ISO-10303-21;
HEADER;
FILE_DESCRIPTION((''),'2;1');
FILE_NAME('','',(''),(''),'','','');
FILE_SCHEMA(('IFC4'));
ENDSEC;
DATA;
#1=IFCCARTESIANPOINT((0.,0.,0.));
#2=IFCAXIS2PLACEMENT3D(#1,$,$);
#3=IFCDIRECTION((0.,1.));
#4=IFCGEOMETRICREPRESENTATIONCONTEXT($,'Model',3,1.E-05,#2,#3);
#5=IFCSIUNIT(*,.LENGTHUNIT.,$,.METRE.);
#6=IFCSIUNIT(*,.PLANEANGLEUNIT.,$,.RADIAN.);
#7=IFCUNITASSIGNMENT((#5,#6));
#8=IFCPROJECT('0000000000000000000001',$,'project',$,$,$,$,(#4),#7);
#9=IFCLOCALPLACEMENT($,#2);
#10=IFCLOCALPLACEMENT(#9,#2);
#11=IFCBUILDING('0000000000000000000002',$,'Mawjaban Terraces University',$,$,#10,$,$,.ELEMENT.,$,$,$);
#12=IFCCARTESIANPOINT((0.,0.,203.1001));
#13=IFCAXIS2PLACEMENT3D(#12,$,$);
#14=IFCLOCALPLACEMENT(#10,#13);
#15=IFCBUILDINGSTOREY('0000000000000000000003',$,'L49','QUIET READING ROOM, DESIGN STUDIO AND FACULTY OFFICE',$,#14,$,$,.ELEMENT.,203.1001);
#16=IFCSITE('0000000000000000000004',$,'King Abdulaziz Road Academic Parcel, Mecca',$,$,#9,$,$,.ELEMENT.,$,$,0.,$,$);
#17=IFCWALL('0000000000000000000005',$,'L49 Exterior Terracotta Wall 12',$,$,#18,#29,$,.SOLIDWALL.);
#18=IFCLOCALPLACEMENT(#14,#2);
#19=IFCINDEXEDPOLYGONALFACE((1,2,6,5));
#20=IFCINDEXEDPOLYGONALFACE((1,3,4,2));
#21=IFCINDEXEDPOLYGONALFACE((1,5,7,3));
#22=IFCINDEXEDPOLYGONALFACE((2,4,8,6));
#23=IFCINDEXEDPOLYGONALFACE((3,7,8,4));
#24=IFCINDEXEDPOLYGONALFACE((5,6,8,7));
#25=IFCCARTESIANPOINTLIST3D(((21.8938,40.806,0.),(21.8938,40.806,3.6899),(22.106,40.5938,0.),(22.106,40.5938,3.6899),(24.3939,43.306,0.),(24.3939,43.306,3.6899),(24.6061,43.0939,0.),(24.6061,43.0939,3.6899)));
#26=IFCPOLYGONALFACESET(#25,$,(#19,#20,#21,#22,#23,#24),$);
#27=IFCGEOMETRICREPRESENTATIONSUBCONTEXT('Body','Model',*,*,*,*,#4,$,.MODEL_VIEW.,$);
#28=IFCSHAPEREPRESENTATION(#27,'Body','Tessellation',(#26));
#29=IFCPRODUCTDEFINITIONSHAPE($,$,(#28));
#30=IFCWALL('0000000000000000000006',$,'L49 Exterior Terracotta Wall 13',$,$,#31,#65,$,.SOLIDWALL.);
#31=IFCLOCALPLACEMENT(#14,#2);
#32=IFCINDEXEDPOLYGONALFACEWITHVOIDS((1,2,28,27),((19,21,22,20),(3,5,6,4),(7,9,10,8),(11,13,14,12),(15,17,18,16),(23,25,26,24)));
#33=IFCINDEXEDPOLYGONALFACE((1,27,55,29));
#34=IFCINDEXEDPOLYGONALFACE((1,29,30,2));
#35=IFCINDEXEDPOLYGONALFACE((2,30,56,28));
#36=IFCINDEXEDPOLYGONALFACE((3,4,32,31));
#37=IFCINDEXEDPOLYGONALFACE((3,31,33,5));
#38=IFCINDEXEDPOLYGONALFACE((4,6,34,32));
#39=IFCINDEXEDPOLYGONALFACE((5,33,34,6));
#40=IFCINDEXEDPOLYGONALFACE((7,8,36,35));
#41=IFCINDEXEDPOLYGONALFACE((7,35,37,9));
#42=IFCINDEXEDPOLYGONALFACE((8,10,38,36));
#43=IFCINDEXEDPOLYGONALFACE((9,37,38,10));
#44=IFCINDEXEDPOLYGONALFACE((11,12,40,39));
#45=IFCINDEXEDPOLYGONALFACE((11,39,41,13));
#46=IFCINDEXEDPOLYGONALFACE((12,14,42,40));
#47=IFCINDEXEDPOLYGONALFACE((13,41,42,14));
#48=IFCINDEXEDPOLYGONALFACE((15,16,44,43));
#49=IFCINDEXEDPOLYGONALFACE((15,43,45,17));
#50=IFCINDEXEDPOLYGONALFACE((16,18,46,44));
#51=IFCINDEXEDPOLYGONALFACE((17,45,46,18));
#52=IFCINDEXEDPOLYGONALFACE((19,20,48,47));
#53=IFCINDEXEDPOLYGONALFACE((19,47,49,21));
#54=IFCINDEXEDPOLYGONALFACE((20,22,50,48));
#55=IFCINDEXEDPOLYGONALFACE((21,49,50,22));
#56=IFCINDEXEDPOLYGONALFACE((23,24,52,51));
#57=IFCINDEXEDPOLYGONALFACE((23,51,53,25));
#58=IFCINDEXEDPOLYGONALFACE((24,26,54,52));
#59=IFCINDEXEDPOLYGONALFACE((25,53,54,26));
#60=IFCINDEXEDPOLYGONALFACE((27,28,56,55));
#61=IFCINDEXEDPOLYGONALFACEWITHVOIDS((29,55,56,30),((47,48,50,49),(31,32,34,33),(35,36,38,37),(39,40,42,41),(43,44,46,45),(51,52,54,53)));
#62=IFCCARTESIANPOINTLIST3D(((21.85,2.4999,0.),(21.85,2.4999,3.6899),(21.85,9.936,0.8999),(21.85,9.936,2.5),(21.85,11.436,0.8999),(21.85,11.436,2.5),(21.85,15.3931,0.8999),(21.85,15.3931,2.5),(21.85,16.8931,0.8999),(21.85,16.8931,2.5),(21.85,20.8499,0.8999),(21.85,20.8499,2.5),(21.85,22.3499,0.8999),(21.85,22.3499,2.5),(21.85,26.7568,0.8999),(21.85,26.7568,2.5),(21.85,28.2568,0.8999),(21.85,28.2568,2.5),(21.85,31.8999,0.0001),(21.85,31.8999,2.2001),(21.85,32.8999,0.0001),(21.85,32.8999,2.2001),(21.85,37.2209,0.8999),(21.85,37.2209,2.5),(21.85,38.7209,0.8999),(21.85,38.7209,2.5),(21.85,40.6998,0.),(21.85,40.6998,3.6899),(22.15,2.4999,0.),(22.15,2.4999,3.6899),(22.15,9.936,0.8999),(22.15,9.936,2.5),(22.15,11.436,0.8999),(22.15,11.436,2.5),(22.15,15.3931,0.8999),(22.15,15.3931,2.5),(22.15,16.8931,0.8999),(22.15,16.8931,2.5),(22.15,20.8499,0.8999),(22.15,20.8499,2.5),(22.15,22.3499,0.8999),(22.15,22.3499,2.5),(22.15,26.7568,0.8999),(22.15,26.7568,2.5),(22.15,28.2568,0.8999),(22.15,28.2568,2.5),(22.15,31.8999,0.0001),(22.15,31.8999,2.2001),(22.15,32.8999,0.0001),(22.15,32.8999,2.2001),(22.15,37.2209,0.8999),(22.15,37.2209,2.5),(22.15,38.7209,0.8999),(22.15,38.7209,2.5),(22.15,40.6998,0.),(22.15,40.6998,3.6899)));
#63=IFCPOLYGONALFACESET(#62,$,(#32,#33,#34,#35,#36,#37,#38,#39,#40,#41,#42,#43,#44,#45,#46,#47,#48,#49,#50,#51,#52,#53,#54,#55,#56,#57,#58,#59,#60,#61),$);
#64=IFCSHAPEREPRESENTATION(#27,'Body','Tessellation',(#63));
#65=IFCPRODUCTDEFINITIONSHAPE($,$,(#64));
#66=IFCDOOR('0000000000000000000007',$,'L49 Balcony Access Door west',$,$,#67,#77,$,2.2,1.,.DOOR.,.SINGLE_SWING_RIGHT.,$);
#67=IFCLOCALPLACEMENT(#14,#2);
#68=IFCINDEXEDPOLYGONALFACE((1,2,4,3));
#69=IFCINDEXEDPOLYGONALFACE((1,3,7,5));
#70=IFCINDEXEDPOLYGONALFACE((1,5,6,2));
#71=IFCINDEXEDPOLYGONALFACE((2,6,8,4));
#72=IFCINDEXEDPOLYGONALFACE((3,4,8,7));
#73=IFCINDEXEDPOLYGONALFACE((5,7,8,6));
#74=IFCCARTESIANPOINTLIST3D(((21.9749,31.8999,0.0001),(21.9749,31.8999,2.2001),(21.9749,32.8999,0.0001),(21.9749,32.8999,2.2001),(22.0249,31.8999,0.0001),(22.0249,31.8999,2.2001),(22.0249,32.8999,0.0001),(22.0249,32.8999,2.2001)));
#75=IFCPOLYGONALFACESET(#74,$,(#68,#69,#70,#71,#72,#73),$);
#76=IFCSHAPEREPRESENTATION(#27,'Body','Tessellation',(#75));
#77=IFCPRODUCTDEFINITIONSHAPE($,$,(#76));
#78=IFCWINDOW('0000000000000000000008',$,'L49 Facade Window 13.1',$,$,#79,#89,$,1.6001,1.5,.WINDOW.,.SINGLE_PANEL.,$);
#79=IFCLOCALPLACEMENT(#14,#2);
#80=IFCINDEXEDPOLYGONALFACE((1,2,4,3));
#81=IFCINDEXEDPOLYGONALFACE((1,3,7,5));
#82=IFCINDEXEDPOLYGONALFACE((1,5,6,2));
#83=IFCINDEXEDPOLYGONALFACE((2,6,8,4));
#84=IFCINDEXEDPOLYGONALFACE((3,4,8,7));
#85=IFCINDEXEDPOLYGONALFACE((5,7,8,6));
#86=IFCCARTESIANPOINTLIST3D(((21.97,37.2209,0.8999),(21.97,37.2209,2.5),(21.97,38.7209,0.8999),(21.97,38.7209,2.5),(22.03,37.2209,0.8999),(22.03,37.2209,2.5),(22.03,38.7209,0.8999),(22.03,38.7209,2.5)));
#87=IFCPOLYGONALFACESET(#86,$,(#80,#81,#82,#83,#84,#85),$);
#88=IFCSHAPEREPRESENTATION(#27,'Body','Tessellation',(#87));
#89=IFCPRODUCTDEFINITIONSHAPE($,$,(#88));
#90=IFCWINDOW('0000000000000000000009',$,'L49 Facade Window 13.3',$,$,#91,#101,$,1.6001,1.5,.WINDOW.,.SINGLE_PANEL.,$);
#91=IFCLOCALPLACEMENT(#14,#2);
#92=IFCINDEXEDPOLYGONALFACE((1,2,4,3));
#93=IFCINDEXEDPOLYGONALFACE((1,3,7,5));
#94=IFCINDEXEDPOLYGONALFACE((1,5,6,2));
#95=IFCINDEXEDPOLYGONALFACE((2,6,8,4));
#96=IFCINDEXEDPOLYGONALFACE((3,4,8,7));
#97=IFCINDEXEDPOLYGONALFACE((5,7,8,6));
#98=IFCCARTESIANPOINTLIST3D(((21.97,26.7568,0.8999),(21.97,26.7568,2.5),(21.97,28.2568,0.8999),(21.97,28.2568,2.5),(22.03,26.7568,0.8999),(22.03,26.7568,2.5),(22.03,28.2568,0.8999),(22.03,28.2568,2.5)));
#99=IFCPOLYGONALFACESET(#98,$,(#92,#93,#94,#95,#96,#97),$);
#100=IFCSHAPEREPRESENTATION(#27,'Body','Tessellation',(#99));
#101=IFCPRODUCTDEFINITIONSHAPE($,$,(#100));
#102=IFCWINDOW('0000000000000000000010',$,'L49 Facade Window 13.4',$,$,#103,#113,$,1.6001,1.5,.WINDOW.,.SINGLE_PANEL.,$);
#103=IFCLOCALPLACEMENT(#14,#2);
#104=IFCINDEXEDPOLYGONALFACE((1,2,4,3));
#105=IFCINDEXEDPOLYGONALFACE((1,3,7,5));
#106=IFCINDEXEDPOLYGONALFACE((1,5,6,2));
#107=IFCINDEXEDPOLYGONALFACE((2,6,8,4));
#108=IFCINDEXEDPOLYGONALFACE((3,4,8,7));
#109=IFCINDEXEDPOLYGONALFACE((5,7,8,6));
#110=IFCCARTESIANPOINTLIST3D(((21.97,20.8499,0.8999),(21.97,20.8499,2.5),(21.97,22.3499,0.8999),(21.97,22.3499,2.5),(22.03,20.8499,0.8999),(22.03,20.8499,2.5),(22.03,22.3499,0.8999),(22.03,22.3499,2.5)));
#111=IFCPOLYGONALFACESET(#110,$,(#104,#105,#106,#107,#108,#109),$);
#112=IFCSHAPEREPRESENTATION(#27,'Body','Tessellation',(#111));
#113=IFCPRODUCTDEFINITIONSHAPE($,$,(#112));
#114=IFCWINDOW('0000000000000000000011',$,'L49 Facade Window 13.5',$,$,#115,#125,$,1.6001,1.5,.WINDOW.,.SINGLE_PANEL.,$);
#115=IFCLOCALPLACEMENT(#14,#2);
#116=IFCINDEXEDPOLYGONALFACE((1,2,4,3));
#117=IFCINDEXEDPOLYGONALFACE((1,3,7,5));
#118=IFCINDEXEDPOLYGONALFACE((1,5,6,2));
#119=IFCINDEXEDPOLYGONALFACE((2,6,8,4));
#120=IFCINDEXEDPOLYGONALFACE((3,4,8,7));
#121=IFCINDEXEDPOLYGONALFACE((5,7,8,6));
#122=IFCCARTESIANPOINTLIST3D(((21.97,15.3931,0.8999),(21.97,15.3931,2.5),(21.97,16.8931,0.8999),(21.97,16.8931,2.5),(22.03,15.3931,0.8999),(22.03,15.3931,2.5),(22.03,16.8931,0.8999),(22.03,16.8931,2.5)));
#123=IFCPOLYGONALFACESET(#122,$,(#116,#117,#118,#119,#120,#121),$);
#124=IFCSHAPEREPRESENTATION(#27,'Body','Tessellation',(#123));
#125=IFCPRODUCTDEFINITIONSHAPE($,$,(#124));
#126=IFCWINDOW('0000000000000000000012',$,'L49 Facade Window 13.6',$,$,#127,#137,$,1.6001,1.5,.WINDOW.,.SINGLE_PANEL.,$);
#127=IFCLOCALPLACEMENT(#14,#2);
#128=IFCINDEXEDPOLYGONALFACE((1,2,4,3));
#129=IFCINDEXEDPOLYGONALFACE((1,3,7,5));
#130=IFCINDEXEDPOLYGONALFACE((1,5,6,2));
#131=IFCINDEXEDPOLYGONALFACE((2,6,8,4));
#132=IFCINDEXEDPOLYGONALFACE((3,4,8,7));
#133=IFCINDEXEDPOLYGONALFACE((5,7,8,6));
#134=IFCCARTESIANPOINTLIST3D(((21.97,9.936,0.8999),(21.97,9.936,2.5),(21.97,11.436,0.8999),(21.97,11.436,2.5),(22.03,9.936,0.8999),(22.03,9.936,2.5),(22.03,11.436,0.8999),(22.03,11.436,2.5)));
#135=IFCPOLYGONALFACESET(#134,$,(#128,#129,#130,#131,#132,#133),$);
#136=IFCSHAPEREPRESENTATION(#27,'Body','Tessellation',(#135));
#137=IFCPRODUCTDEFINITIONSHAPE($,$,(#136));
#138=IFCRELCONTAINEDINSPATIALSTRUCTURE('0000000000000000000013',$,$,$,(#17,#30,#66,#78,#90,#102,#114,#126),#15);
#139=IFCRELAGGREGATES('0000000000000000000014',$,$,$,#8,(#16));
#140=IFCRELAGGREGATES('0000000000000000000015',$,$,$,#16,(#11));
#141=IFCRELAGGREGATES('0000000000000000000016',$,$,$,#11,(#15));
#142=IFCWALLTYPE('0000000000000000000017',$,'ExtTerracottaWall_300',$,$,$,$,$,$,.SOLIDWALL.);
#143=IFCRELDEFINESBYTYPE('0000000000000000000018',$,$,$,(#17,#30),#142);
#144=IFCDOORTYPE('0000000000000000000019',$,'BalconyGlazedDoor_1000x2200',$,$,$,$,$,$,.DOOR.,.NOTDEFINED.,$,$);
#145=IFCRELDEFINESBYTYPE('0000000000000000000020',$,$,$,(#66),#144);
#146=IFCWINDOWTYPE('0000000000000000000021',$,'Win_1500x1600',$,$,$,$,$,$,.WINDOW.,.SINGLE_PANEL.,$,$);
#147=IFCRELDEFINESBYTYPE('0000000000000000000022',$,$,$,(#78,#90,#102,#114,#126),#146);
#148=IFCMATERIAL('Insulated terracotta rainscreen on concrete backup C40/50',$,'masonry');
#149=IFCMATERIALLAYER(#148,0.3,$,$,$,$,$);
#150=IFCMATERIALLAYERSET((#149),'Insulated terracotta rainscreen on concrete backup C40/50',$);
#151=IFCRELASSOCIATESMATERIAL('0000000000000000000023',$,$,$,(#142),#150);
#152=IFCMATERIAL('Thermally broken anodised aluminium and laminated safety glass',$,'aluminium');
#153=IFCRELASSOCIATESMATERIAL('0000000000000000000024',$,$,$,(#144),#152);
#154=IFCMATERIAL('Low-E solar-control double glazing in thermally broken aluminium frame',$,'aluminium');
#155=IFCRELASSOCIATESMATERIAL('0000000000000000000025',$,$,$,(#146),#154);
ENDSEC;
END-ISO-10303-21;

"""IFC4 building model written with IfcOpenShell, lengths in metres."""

from ifc_helpers import new_model, si_unit, direction, frame, frame_2d, origin, place, context, subcontext, project, spatial, rectangle, extrude, material, layer, layer_set, type_object, element, fill, save


model = new_model("IFC4")

# Units and contexts
model_context = context("Model", 3, precision=1e-05, world=origin(), true_north=direction((0.0, 1.0)))
body_context = subcontext(model_context, "Body", "Model", "MODEL_VIEW")
ifc_project = project(units=[si_unit("LENGTHUNIT", "METRE"), si_unit("PLANEANGLEUNIT", "RADIAN")], contexts=[model_context])

# Site, building, storey
site_placement = place(None, origin())
site = spatial("IfcSite", under=ifc_project, at=site_placement, Name="King Abdulaziz Road Academic Parcel, Mecca", CompositionType="ELEMENT", RefElevation=0.0)
building_placement = place(site_placement, origin())
building = spatial("IfcBuilding", under=site, at=building_placement, Name="Mawjaban Terraces University", CompositionType="ELEMENT")
storey_placement = place(building_placement, frame((0.0, 0.0, 203.1001)))
storey = spatial("IfcBuildingStorey", under=building, at=storey_placement, Name="L49", Description="QUIET READING ROOM, DESIGN STUDIO AND FACULTY OFFICE", CompositionType="ELEMENT", Elevation=203.1001)

# Wall
ifc_material_1 = material(Name="Insulated terracotta rainscreen on concrete backup C40/50", Category="masonry")
ifc_layer_1 = layer(ifc_material_1, 0.3)
ifc_layer_set_1 = layer_set([ifc_layer_1], Name="Insulated terracotta rainscreen on concrete backup C40/50")
wall_type_1 = type_object("IfcWallType", Name="ExtTerracottaWall_300", PredefinedType="SOLIDWALL", material=ifc_layer_set_1)
wall_1_placement = place(storey_placement, frame((24.5, 43.2, 0.0), z_axis=(0.0, 0.0, 1.0), x_axis=(-0.707107, -0.707107, 0.0)))
element("IfcWall", 1, at=wall_1_placement, inside=storey, type_object=wall_type_1, Name="L49 Exterior Terracotta Wall 12", PredefinedType="SOLIDWALL", context=body_context, shape_type="SweptSolid", body=[
    extrude(rectangle(XDim=3.5356, YDim=0.3, at=frame_2d((1.7678, 0.0))), origin(), (0.0, 0.0, 1.0), 3.6899),
])

# Wall, openings, door, windows
wall_2_placement = place(storey_placement, frame((22.0, 40.7, 0.0), z_axis=(0.0, 0.0, 1.0), x_axis=(0.0, -1.0, 0.0)))
wall_2 = element("IfcWall", 2, at=wall_2_placement, inside=storey, type_object=wall_type_1, Name="L49 Exterior Terracotta Wall 13", PredefinedType="SOLIDWALL", context=body_context, shape_type="SweptSolid", body=[
    extrude(rectangle(XDim=38.2, YDim=0.3, at=frame_2d((19.1001, 0.0))), origin(), (0.0, 0.0, 1.0), 3.6899),
])
opening_1_placement = place(wall_2_placement, frame((7.8, 0.0, 0.0)))
opening_1 = element("IfcOpeningElement", 3, at=opening_1_placement, cuts=wall_2, PredefinedType="OPENING", context=body_context, shape_type="SweptSolid", body=[
    extrude(rectangle(XDim=1.0, YDim=2.2, at=frame_2d((0.5, 1.1001))), frame((0.0, 0.1599, 0.0), z_axis=(0.0, -1.0, 0.0), x_axis=(1.0, 0.0, 0.0)), (0.0, 0.0, 1.0), 0.3201),
])
opening_2_placement = place(wall_2_placement, frame((1.979, 0.0, 0.8999)))
opening_2 = element("IfcOpeningElement", 4, at=opening_2_placement, cuts=wall_2, PredefinedType="OPENING", context=body_context, shape_type="SweptSolid", body=[
    extrude(rectangle(XDim=1.5, YDim=1.6001, at=frame_2d((0.75, 0.8))), frame((0.0, 0.1599, 0.0), z_axis=(0.0, -1.0, 0.0), x_axis=(1.0, 0.0, 0.0)), (0.0, 0.0, 1.0), 0.3201),
])
opening_3_placement = place(wall_2_placement, frame((12.4431, 0.0, 0.8999)))
opening_3 = element("IfcOpeningElement", 5, at=opening_3_placement, cuts=wall_2, PredefinedType="OPENING", context=body_context, shape_type="SweptSolid", body=[
    extrude(rectangle(XDim=1.5, YDim=1.6001, at=frame_2d((0.75, 0.8))), frame((0.0, 0.1599, 0.0), z_axis=(0.0, -1.0, 0.0), x_axis=(1.0, 0.0, 0.0)), (0.0, 0.0, 1.0), 0.3201),
])
opening_4_placement = place(wall_2_placement, frame((18.3501, 0.0, 0.8999)))
opening_4 = element("IfcOpeningElement", 6, at=opening_4_placement, cuts=wall_2, PredefinedType="OPENING", context=body_context, shape_type="SweptSolid", body=[
    extrude(rectangle(XDim=1.5, YDim=1.6001, at=frame_2d((0.75, 0.8))), frame((0.0, 0.1599, 0.0), z_axis=(0.0, -1.0, 0.0), x_axis=(1.0, 0.0, 0.0)), (0.0, 0.0, 1.0), 0.3201),
])
opening_5_placement = place(wall_2_placement, frame((23.8069, 0.0, 0.8999)))
opening_5 = element("IfcOpeningElement", 7, at=opening_5_placement, cuts=wall_2, PredefinedType="OPENING", context=body_context, shape_type="SweptSolid", body=[
    extrude(rectangle(XDim=1.5, YDim=1.6001, at=frame_2d((0.75, 0.8))), frame((0.0, 0.1599, 0.0), z_axis=(0.0, -1.0, 0.0), x_axis=(1.0, 0.0, 0.0)), (0.0, 0.0, 1.0), 0.3201),
])
opening_6_placement = place(wall_2_placement, frame((29.2639, 0.0, 0.8999)))
opening_6 = element("IfcOpeningElement", 8, at=opening_6_placement, cuts=wall_2, PredefinedType="OPENING", context=body_context, shape_type="SweptSolid", body=[
    extrude(rectangle(XDim=1.5, YDim=1.6001, at=frame_2d((0.75, 0.8))), frame((0.0, 0.1599, 0.0), z_axis=(0.0, -1.0, 0.0), x_axis=(1.0, 0.0, 0.0)), (0.0, 0.0, 1.0), 0.3201),
])
ifc_material_2 = material(Name="Thermally broken anodised aluminium and laminated safety glass", Category="aluminium")
door_type_1 = type_object("IfcDoorType", Name="BalconyGlazedDoor_1000x2200", OperationType="NOTDEFINED", PredefinedType="DOOR", material=ifc_material_2)
door_1_placement = place(opening_1_placement, origin())
door_1 = element("IfcDoor", 9, at=door_1_placement, inside=storey, type_object=door_type_1, Name="L49 Balcony Access Door west", OperationType="SINGLE_SWING_RIGHT", OverallHeight=2.2, OverallWidth=1.0, PredefinedType="DOOR", context=body_context, shape_type="SweptSolid", body=[
    extrude(rectangle(XDim=1.0, YDim=2.2, at=frame_2d((0.5, 1.1001))), frame((0.0, 0.0249, 0.0), z_axis=(0.0, -1.0, 0.0), x_axis=(1.0, 0.0, 0.0)), (0.0, 0.0, 1.0), 0.05),
])
fill(opening_1, door_1)
ifc_material_3 = material(Name="Low-E solar-control double glazing in thermally broken aluminium frame", Category="aluminium")
window_type = type_object("IfcWindowType", Name="Win_1500x1600", PartitioningType="SINGLE_PANEL", PredefinedType="WINDOW", material=ifc_material_3)
window_1_placement = place(opening_2_placement, origin())
window_1 = element("IfcWindow", 10, at=window_1_placement, inside=storey, type_object=window_type, Name="L49 Facade Window 13.1", OverallHeight=1.6001, OverallWidth=1.5, PartitioningType="SINGLE_PANEL", PredefinedType="WINDOW", context=body_context, shape_type="SweptSolid", body=[
    extrude(rectangle(XDim=1.5, YDim=1.6001, at=frame_2d((0.75, 0.8))), frame((0.0, 0.03, 0.0), z_axis=(0.0, -1.0, 0.0), x_axis=(1.0, 0.0, 0.0)), (0.0, 0.0, 1.0), 0.0601),
])
fill(opening_2, window_1)
window_2_placement = place(opening_3_placement, origin())
window_2 = element("IfcWindow", 11, at=window_2_placement, inside=storey, type_object=window_type, Name="L49 Facade Window 13.3", OverallHeight=1.6001, OverallWidth=1.5, PartitioningType="SINGLE_PANEL", PredefinedType="WINDOW", context=body_context, shape_type="SweptSolid", body=[
    extrude(rectangle(XDim=1.5, YDim=1.6001, at=frame_2d((0.75, 0.8))), frame((0.0, 0.03, 0.0), z_axis=(0.0, -1.0, 0.0), x_axis=(1.0, 0.0, 0.0)), (0.0, 0.0, 1.0), 0.0601),
])
fill(opening_3, window_2)
window_3_placement = place(opening_4_placement, origin())
window_3 = element("IfcWindow", 12, at=window_3_placement, inside=storey, type_object=window_type, Name="L49 Facade Window 13.4", OverallHeight=1.6001, OverallWidth=1.5, PartitioningType="SINGLE_PANEL", PredefinedType="WINDOW", context=body_context, shape_type="SweptSolid", body=[
    extrude(rectangle(XDim=1.5, YDim=1.6001, at=frame_2d((0.75, 0.8))), frame((0.0, 0.03, 0.0), z_axis=(0.0, -1.0, 0.0), x_axis=(1.0, 0.0, 0.0)), (0.0, 0.0, 1.0), 0.0601),
])
fill(opening_4, window_3)
window_4_placement = place(opening_5_placement, origin())
window_4 = element("IfcWindow", 13, at=window_4_placement, inside=storey, type_object=window_type, Name="L49 Facade Window 13.5", OverallHeight=1.6001, OverallWidth=1.5, PartitioningType="SINGLE_PANEL", PredefinedType="WINDOW", context=body_context, shape_type="SweptSolid", body=[
    extrude(rectangle(XDim=1.5, YDim=1.6001, at=frame_2d((0.75, 0.8))), frame((0.0, 0.03, 0.0), z_axis=(0.0, -1.0, 0.0), x_axis=(1.0, 0.0, 0.0)), (0.0, 0.0, 1.0), 0.0601),
])
fill(opening_5, window_4)
window_5_placement = place(opening_6_placement, origin())
window_5 = element("IfcWindow", 14, at=window_5_placement, inside=storey, type_object=window_type, Name="L49 Facade Window 13.6", OverallHeight=1.6001, OverallWidth=1.5, PartitioningType="SINGLE_PANEL", PredefinedType="WINDOW", context=body_context, shape_type="SweptSolid", body=[
    extrude(rectangle(XDim=1.5, YDim=1.6001, at=frame_2d((0.75, 0.8))), frame((0.0, 0.03, 0.0), z_axis=(0.0, -1.0, 0.0), x_axis=(1.0, 0.0, 0.0)), (0.0, 0.0, 1.0), 0.0601),
])
fill(opening_6, window_5)

save(model, "model.ifc")
